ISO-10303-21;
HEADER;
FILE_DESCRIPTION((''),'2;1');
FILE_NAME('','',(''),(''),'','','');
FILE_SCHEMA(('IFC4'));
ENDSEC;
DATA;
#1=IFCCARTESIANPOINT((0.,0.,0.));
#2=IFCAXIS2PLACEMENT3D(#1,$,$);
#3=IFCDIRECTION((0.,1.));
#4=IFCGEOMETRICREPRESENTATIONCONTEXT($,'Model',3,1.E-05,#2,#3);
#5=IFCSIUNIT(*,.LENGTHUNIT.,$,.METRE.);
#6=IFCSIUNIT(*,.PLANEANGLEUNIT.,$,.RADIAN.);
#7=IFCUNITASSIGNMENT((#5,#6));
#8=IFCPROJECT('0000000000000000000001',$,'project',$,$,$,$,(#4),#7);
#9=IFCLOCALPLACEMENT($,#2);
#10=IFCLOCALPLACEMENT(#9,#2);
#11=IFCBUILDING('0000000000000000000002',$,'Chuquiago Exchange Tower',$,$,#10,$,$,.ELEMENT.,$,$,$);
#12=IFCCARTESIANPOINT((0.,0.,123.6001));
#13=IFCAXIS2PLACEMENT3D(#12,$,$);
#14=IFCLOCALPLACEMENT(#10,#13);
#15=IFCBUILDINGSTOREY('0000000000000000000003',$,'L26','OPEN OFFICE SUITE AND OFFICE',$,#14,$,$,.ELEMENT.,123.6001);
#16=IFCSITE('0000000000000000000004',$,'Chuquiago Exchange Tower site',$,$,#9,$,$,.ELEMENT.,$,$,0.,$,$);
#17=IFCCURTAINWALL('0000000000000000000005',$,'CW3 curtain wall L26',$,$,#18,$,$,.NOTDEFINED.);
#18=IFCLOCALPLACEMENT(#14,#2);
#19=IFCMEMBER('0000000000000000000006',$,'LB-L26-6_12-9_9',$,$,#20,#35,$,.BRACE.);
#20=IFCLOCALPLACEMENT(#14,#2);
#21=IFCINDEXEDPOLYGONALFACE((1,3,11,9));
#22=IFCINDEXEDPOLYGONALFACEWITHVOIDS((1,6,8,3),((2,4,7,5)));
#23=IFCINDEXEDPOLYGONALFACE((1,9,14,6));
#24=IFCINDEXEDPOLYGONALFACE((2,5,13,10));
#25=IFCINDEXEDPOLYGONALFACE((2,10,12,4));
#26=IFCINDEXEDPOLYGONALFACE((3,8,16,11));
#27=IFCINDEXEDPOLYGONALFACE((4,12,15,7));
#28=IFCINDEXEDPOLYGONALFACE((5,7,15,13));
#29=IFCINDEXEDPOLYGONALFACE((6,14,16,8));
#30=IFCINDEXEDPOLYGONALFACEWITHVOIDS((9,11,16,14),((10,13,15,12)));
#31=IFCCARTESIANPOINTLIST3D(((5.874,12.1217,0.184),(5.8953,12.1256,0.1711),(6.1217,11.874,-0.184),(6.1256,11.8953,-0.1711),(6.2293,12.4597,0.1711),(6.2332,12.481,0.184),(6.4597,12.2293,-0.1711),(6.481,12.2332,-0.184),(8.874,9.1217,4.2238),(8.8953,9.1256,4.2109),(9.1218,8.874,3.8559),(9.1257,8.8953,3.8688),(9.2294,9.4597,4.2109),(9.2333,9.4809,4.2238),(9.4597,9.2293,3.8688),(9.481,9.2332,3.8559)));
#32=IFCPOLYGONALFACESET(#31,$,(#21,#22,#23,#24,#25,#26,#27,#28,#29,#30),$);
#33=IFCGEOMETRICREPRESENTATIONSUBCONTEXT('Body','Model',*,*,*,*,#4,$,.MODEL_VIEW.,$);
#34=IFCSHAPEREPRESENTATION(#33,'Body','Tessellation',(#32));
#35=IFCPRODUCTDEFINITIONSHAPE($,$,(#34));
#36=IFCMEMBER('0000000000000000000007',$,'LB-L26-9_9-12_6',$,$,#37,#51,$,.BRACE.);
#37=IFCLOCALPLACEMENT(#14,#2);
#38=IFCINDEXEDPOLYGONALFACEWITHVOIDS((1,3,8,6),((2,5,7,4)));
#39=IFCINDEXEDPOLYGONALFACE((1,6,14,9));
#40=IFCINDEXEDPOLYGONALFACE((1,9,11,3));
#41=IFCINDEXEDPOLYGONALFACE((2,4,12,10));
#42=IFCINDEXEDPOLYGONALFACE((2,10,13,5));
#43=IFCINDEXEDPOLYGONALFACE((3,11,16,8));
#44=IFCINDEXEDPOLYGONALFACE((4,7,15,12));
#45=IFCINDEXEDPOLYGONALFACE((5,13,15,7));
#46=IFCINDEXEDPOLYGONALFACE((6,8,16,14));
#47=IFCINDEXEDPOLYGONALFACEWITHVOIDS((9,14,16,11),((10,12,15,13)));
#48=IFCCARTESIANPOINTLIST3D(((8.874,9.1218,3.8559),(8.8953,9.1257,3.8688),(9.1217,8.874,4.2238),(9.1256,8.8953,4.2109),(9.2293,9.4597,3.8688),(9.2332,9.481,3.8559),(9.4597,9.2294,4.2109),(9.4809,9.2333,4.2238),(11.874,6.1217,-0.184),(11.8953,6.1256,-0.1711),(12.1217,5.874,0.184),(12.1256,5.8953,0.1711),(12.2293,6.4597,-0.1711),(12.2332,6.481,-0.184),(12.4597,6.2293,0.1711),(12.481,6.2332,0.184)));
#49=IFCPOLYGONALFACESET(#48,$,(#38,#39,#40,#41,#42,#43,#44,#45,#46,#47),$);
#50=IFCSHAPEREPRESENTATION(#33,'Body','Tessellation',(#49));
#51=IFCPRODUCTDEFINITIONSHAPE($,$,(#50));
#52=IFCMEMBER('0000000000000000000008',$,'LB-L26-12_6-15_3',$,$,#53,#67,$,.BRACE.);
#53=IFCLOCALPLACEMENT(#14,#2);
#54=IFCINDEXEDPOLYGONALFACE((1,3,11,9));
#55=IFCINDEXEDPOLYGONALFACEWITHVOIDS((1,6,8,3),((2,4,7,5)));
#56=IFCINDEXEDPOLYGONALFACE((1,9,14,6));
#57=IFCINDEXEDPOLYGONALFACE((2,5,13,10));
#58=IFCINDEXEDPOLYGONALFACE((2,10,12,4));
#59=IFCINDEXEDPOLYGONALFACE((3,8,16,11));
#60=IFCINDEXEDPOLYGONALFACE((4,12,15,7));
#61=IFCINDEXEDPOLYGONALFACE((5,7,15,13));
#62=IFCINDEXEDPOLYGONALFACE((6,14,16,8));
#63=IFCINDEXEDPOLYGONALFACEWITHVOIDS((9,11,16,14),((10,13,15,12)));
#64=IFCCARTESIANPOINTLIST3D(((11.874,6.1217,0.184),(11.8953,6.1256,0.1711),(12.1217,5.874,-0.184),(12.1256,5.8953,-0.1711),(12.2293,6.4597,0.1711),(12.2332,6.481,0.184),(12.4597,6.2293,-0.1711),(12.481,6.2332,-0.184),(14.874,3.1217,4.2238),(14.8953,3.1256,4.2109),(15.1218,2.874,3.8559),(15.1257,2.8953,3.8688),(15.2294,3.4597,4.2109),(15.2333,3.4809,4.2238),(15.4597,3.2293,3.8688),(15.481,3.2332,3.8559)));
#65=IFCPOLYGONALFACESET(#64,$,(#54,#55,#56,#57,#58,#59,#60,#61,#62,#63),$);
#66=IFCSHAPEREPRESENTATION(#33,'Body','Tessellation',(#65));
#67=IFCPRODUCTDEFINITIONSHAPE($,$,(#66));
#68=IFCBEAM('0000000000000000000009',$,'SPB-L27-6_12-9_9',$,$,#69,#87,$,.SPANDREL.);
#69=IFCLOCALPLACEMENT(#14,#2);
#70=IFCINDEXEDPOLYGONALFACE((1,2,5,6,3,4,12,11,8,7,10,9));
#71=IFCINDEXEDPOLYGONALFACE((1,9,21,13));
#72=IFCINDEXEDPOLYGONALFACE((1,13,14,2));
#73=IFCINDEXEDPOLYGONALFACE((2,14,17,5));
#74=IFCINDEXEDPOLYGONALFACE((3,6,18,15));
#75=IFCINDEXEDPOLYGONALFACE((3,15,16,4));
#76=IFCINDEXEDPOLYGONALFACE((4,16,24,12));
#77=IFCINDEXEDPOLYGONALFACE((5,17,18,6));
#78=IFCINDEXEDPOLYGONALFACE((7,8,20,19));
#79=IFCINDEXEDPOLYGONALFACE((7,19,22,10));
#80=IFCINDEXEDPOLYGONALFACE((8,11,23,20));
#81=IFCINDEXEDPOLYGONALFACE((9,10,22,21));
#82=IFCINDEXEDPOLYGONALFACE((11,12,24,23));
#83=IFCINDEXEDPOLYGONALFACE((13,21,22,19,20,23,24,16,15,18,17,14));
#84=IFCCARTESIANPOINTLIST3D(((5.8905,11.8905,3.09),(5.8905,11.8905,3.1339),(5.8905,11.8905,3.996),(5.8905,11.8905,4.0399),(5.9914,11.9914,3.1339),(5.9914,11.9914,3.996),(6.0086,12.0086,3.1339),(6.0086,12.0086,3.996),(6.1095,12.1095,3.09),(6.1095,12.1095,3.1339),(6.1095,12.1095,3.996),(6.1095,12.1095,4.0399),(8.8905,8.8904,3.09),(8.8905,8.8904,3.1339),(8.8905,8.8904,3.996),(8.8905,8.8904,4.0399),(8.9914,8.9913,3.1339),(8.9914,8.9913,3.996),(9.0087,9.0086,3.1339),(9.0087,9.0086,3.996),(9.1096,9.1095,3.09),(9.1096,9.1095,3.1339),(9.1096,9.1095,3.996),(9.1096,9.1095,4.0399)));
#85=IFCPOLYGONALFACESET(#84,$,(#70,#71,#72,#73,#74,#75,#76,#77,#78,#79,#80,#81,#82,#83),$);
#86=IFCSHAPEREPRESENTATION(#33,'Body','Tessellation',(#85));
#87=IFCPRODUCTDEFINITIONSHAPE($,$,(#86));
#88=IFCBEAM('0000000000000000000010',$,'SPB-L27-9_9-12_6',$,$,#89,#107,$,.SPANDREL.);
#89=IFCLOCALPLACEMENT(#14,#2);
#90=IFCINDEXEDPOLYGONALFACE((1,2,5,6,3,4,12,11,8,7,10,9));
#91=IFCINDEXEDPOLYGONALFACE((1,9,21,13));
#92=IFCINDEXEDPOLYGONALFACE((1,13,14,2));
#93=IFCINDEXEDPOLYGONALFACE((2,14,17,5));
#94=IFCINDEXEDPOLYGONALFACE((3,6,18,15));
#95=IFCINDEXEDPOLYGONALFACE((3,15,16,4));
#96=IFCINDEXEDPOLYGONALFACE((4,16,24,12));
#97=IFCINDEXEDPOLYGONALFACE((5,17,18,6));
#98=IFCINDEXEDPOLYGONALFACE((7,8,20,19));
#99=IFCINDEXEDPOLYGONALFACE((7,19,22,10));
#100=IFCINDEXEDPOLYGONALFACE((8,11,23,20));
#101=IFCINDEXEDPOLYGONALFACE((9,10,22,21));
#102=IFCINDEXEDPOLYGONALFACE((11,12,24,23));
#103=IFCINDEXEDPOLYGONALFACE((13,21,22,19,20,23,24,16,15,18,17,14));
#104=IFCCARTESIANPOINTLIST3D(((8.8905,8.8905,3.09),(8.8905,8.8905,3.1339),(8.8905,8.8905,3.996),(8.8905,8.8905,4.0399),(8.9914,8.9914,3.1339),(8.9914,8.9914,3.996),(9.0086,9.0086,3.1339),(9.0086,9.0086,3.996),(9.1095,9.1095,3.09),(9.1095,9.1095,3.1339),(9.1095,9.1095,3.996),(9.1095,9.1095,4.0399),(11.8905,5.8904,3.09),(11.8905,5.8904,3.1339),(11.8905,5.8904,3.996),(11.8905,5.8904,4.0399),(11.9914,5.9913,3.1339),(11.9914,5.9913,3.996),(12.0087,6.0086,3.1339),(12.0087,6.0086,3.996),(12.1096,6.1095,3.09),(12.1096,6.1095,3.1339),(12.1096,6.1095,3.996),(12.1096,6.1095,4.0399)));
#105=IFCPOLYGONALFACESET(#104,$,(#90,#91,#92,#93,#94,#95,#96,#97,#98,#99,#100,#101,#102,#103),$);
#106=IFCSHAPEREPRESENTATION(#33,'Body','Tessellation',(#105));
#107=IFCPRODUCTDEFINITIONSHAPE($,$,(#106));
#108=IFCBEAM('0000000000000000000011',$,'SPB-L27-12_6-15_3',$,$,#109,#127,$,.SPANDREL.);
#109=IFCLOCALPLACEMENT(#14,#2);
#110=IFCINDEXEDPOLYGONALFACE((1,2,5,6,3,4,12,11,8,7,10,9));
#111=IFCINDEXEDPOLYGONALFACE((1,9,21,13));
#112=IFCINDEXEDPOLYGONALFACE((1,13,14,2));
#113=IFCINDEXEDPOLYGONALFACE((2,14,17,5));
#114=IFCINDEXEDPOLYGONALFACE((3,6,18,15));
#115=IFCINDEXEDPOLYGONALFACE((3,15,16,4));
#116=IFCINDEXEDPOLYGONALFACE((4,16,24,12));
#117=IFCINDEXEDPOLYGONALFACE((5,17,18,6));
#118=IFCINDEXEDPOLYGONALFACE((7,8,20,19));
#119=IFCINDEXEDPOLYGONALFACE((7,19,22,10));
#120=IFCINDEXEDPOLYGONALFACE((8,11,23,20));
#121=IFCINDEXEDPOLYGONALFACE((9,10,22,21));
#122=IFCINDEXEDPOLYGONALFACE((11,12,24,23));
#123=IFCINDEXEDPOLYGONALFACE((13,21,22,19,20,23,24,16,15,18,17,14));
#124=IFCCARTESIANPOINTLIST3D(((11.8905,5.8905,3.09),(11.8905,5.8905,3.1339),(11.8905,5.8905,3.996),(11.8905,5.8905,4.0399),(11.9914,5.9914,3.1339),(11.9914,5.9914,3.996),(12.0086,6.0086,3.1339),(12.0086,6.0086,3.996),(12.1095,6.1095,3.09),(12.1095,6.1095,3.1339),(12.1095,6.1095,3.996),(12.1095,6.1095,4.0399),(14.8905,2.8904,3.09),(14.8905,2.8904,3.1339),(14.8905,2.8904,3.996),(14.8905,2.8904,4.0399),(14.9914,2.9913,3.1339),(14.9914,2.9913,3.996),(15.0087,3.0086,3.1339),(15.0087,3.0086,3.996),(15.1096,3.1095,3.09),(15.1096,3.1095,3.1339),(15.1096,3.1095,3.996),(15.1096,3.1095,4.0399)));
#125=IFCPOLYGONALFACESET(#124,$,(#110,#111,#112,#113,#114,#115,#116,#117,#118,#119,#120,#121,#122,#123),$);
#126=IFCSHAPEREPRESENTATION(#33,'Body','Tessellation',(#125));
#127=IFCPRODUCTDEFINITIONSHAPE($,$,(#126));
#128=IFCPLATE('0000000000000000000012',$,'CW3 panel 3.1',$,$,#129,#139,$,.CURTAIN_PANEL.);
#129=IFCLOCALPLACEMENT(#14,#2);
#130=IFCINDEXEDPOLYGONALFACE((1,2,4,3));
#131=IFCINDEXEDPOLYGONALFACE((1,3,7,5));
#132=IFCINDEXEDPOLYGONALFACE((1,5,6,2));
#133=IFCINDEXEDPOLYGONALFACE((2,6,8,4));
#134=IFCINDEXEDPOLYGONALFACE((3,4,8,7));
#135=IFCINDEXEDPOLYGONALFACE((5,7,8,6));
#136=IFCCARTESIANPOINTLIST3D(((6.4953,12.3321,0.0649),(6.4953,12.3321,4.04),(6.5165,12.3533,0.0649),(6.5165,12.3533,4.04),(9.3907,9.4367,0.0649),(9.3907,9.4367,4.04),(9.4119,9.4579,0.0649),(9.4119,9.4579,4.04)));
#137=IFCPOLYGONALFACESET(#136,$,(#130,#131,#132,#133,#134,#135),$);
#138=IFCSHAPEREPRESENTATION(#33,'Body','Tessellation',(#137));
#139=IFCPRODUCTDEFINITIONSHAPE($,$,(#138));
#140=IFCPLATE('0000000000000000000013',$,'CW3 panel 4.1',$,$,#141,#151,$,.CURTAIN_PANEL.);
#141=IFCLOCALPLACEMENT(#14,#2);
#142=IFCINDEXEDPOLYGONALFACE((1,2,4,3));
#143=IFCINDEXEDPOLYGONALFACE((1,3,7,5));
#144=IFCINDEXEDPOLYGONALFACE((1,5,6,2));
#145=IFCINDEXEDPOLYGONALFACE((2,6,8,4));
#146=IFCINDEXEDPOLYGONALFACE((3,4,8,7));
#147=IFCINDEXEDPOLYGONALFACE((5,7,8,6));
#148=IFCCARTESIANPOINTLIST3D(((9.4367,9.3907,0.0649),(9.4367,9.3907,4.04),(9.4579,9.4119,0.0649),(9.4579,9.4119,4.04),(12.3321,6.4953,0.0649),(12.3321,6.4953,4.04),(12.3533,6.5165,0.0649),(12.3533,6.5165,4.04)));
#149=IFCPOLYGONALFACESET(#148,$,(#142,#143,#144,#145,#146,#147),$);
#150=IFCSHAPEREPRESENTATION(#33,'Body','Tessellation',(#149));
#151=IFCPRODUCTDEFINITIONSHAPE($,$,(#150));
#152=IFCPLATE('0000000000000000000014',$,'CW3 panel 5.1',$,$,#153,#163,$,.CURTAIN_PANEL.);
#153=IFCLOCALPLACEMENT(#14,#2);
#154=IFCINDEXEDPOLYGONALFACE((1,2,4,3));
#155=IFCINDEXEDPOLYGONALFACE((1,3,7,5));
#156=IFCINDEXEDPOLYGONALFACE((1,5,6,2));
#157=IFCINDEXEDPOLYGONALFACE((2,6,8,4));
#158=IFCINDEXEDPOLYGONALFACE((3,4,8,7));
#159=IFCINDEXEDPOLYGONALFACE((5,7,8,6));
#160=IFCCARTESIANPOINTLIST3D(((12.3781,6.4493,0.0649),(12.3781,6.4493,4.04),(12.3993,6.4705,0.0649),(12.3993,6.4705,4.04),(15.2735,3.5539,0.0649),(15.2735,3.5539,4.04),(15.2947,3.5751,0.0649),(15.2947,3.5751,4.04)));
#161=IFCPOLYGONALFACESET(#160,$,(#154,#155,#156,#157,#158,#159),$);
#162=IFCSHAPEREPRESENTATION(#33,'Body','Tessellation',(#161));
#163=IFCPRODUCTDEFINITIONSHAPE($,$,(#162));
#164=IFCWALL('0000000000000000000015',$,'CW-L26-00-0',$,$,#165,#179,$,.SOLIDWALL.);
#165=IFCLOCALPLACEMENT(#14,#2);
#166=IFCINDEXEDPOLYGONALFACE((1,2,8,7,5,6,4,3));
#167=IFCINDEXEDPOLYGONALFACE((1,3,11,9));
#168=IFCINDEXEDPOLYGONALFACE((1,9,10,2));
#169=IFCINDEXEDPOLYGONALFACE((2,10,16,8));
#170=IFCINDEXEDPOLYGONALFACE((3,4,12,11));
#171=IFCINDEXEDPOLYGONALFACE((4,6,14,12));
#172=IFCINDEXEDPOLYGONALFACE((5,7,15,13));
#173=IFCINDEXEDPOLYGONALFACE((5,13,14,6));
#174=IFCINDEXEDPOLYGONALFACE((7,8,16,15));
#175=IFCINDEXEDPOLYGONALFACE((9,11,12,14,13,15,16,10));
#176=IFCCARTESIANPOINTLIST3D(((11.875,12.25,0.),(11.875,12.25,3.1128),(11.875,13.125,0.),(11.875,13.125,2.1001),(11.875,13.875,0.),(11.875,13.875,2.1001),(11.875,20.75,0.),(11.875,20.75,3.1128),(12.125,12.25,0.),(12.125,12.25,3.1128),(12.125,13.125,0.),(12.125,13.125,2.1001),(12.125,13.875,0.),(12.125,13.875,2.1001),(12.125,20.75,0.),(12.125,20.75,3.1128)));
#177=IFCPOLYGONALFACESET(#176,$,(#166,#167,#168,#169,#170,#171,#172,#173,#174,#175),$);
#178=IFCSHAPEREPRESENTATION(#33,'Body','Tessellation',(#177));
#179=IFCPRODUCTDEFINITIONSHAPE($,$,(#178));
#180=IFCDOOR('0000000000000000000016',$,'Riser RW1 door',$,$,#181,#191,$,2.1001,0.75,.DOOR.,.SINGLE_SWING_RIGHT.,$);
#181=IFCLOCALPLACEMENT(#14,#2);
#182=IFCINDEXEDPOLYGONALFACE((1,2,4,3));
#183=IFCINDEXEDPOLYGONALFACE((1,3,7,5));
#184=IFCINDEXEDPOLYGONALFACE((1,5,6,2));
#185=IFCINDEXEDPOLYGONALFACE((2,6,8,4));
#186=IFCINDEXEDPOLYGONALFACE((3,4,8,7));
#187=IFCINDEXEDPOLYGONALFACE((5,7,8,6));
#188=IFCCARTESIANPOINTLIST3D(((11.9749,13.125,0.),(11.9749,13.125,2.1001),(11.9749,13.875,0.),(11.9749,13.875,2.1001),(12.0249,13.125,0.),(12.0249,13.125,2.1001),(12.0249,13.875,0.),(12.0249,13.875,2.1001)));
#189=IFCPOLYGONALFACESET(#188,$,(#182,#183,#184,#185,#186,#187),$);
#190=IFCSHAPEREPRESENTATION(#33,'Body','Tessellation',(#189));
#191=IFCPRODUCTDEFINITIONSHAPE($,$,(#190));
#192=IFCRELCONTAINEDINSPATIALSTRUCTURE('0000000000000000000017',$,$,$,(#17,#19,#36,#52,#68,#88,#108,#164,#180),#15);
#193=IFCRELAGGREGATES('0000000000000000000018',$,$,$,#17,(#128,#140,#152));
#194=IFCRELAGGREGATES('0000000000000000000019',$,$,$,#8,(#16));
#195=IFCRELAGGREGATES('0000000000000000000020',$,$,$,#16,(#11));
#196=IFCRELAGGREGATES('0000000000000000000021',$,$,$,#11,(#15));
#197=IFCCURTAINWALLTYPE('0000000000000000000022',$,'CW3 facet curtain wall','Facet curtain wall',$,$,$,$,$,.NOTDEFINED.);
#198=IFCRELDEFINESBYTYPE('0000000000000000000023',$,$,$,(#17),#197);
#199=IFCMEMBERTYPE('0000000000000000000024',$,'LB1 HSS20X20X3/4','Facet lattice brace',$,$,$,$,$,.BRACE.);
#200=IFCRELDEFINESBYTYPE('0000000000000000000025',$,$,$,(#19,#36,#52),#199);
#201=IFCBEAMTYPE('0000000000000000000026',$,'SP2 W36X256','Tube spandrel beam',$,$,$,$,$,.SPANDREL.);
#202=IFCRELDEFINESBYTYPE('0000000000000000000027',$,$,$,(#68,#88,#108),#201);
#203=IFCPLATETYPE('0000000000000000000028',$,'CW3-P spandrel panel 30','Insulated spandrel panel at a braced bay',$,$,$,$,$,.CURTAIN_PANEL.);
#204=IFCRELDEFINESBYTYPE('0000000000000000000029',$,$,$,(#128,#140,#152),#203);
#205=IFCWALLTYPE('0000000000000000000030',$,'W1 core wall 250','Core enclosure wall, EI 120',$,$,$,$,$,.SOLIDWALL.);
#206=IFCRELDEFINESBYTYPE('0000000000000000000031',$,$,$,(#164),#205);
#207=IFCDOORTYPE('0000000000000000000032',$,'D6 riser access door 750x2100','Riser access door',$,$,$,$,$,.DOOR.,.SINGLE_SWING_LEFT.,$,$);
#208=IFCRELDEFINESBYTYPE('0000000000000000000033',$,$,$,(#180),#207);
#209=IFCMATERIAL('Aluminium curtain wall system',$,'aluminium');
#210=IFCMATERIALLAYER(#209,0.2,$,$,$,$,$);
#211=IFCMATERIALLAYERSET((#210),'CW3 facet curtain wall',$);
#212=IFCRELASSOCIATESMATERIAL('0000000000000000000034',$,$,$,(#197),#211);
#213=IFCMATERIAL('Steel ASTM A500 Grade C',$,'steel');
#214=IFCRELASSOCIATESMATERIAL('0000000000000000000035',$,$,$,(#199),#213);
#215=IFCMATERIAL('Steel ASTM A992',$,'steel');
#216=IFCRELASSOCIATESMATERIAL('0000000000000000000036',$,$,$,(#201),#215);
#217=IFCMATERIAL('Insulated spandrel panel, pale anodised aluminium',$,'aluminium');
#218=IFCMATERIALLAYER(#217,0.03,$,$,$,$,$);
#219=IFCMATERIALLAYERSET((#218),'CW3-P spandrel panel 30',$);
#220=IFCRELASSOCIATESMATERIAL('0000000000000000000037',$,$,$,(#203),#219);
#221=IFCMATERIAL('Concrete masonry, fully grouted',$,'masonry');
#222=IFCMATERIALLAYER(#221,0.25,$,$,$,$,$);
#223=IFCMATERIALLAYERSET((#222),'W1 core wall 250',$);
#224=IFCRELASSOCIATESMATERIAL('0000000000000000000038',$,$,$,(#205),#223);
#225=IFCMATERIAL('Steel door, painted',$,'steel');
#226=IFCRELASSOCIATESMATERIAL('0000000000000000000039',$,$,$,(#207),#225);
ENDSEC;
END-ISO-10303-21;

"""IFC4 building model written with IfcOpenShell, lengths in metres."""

from ifc_helpers import new_model, si_unit, direction, frame, frame_2d, origin, origin_2d, place, context, subcontext, project, spatial, rectangle, hollow_rectangle, i_section, extrude, material, layer, layer_set, material_profile, profile_set, type_object, element, fill, aggregate, save


model = new_model("IFC4")

# Units and contexts
model_context = context("Model", 3, precision=1e-05, world=origin(), true_north=direction((0.0, 1.0)))
body_context = subcontext(model_context, "Body", "Model", "MODEL_VIEW")
ifc_project = project(units=[si_unit("LENGTHUNIT", "METRE"), si_unit("PLANEANGLEUNIT", "RADIAN")], contexts=[model_context])

# Site, building, storey
site_placement = place(None, origin())
site = spatial("IfcSite", under=ifc_project, at=site_placement, Name="Chuquiago Exchange Tower site", CompositionType="ELEMENT", RefElevation=0.0)
building_placement = place(site_placement, origin())
building = spatial("IfcBuilding", under=site, at=building_placement, Name="Chuquiago Exchange Tower", CompositionType="ELEMENT")
storey_placement = place(building_placement, frame((0.0, 0.0, 123.6001)))
storey = spatial("IfcBuildingStorey", under=building, at=storey_placement, Name="L26", Description="OPEN OFFICE SUITE AND OFFICE", CompositionType="ELEMENT", Elevation=123.6001)

# Curtain wall
ifc_material_1 = material(Name="Aluminium curtain wall system", Category="aluminium")
ifc_layer_1 = layer(ifc_material_1, 0.2)
ifc_layer_set_1 = layer_set([ifc_layer_1], Name="CW3 facet curtain wall")
curtain_wall_type = type_object("IfcCurtainWallType", Name="CW3 facet curtain wall", Description="Facet curtain wall", PredefinedType="NOTDEFINED", material=ifc_layer_set_1)
curtain_wall_placement = place(storey_placement, origin())
curtain_wall = element("IfcCurtainWall", 1, at=curtain_wall_placement, inside=storey, type_object=curtain_wall_type, Name="CW3 curtain wall L26", PredefinedType="NOTDEFINED")

# Members
ifc_material_2 = material(Name="Steel ASTM A500 Grade C", Category="steel")
ifc_material_profile_1 = material_profile(ifc_material_2, hollow_rectangle(XDim=0.5081, YDim=0.5081, WallThickness=0.0178, at=origin_2d()), Name="HSS20X20X3/4")
ifc_profile_set_1 = profile_set([ifc_material_profile_1], Name="Steel ASTM A500 Grade C")
member_type_1 = type_object("IfcMemberType", Name="LB1 HSS20X20X3/4", Description="Facet lattice brace", PredefinedType="BRACE", material=ifc_profile_set_1)
for number, where, z_axis, x_axis, name in (
    (2, (6.1775, 12.1775, 0.0), (0.512092, -0.512092, 0.689582), (0.707107, 0.707107, 0.0), "LB-L26-6_12-9_9"),
    (3, (12.1775, 6.1775, 0.0), (-0.512092, 0.512092, 0.689582), (-0.707107, -0.707107, 0.0), "LB-L26-9_9-12_6"),
    (4, (12.1775, 6.1775, 0.0), (0.512092, -0.512092, 0.689582), (0.707107, 0.707107, 0.0), "LB-L26-12_6-15_3"),
):
    element("IfcMember", number, at=place(storey_placement, frame(where, z_axis=z_axis, x_axis=x_axis)), inside=storey, type_object=member_type_1, Name=name, PredefinedType="BRACE", context=body_context, shape_type="SweptSolid", body=[
        extrude(hollow_rectangle(XDim=0.5081, YDim=0.5081, WallThickness=0.0178, at=origin_2d()), origin(), (0.0, 0.0, 1.0), 5.8584),
    ])

# Beams
ifc_material_3 = material(Name="Steel ASTM A992", Category="steel")
ifc_material_profile_2 = material_profile(ifc_material_3, i_section(OverallWidth=0.3098, OverallDepth=0.95, WebThickness=0.0244, FlangeThickness=0.0439, at=origin_2d()), Name="W36X256")
ifc_profile_set_2 = profile_set([ifc_material_profile_2], Name="Steel ASTM A992")
beam_type_1 = type_object("IfcBeamType", Name="SP2 W36X256", Description="Tube spandrel beam", PredefinedType="SPANDREL", material=ifc_profile_set_2)
for number, where, z_axis, x_axis, name in (
    (5, (6.0, 12.0, 3.5649), (0.707107, -0.707107, 0.0), (0.707107, 0.707107, 0.0), "SPB-L27-6_12-9_9"),
    (6, (9.0, 9.0, 3.5649), (0.707107, -0.707107, 0.0), (0.707107, 0.707107, 0.0), "SPB-L27-9_9-12_6"),
    (7, (12.0, 6.0, 3.5649), (0.707107, -0.707107, 0.0), (0.707107, 0.707107, 0.0), "SPB-L27-12_6-15_3"),
):
    element("IfcBeam", number, at=place(storey_placement, frame(where, z_axis=z_axis, x_axis=x_axis)), inside=storey, type_object=beam_type_1, Name=name, PredefinedType="SPANDREL", context=body_context, shape_type="SweptSolid", body=[
        extrude(i_section(OverallWidth=0.3098, OverallDepth=0.95, WebThickness=0.0244, FlangeThickness=0.0439, at=origin_2d()), origin(), (0.0, 0.0, 1.0), 4.2427),
    ])

# Plates
ifc_material_4 = material(Name="Insulated spandrel panel, pale anodised aluminium", Category="aluminium")
ifc_layer_2 = layer(ifc_material_4, 0.03)
ifc_layer_set_2 = layer_set([ifc_layer_2], Name="CW3-P spandrel panel 30")
plate_type = type_object("IfcPlateType", Name="CW3-P spandrel panel 30", Description="Insulated spandrel panel at a braced bay", PredefinedType="CURTAIN_PANEL", material=ifc_layer_set_2)
plate_1_placement = place(storey_placement, frame((7.9536, 10.895, 0.0649), z_axis=(0.0, 0.0, 1.0), x_axis=(0.707107, -0.707107, 0.0)))
plate_1 = element("IfcPlate", 8, at=plate_1_placement, type_object=plate_type, Name="CW3 panel 3.1", PredefinedType="CURTAIN_PANEL", context=body_context, shape_type="SweptSolid", body=[
    extrude(rectangle(XDim=4.0947, YDim=0.03, at=origin_2d()), origin(), (0.0, 0.0, 1.0), 3.9751),
])
plate_2_placement = place(storey_placement, frame((10.895, 7.9536, 0.0649), z_axis=(0.0, 0.0, 1.0), x_axis=(0.707107, -0.707107, 0.0)))
plate_2 = element("IfcPlate", 9, at=plate_2_placement, type_object=plate_type, Name="CW3 panel 4.1", PredefinedType="CURTAIN_PANEL", context=body_context, shape_type="SweptSolid", body=[
    extrude(rectangle(XDim=4.0947, YDim=0.03, at=origin_2d()), origin(), (0.0, 0.0, 1.0), 3.9751),
])
plate_3_placement = place(storey_placement, frame((13.8364, 5.0122, 0.0649), z_axis=(0.0, 0.0, 1.0), x_axis=(0.707107, -0.707107, 0.0)))
plate_3 = element("IfcPlate", 10, at=plate_3_placement, type_object=plate_type, Name="CW3 panel 5.1", PredefinedType="CURTAIN_PANEL", context=body_context, shape_type="SweptSolid", body=[
    extrude(rectangle(XDim=4.0947, YDim=0.03, at=origin_2d()), origin(), (0.0, 0.0, 1.0), 3.9751),
])
aggregate(curtain_wall, [plate_1, plate_2, plate_3])

# Wall, opening, door
ifc_material_5 = material(Name="Concrete masonry, fully grouted", Category="masonry")
ifc_layer_3 = layer(ifc_material_5, 0.25)
ifc_layer_set_3 = layer_set([ifc_layer_3], Name="W1 core wall 250")
wall_type_1 = type_object("IfcWallType", Name="W1 core wall 250", Description="Core enclosure wall, EI 120", PredefinedType="SOLIDWALL", material=ifc_layer_set_3)
wall_1_placement = place(storey_placement, frame((12.0, 12.25, 0.0), z_axis=(0.0, 0.0, 1.0), x_axis=(0.0, 1.0, 0.0)))
wall_1 = element("IfcWall", 11, at=wall_1_placement, inside=storey, type_object=wall_type_1, Name="CW-L26-00-0", PredefinedType="SOLIDWALL", context=body_context, shape_type="SweptSolid", body=[
    extrude(rectangle(XDim=8.5, YDim=0.25, at=frame_2d((4.25, 0.0))), origin(), (0.0, 0.0, 1.0), 3.1128),
])
opening_1_placement = place(wall_1_placement, frame((0.875, 0.0, 0.0)))
opening_1 = element("IfcOpeningElement", 12, at=opening_1_placement, cuts=wall_1, PredefinedType="OPENING", context=body_context, shape_type="SweptSolid", body=[
    extrude(rectangle(XDim=0.75, YDim=2.1001, at=frame_2d((0.375, 1.05))), frame((0.0, 0.135, 0.0), z_axis=(0.0, -1.0, 0.0), x_axis=(1.0, 0.0, 0.0)), (0.0, 0.0, 1.0), 0.27),
])
ifc_material_6 = material(Name="Steel door, painted", Category="steel")
door_type_1 = type_object("IfcDoorType", Name="D6 riser access door 750x2100", Description="Riser access door", OperationType="SINGLE_SWING_LEFT", PredefinedType="DOOR", material=ifc_material_6)
door_1_placement = place(opening_1_placement, frame((0.75, 0.0, 0.0), z_axis=(0.0, 0.0, 1.0), x_axis=(-1.0, 0.0, 0.0)))
door_1 = element("IfcDoor", 13, at=door_1_placement, inside=storey, type_object=door_type_1, Name="Riser RW1 door", OperationType="SINGLE_SWING_RIGHT", OverallHeight=2.1001, OverallWidth=0.75, PredefinedType="DOOR", context=body_context, shape_type="SweptSolid", body=[
    extrude(rectangle(XDim=0.75, YDim=2.1001, at=frame_2d((0.375, 1.05))), frame((0.0, 0.0249, 0.0), z_axis=(0.0, -1.0, 0.0), x_axis=(1.0, 0.0, 0.0)), (0.0, 0.0, 1.0), 0.05),
])
fill(opening_1, door_1)

save(model, "model.ifc")
